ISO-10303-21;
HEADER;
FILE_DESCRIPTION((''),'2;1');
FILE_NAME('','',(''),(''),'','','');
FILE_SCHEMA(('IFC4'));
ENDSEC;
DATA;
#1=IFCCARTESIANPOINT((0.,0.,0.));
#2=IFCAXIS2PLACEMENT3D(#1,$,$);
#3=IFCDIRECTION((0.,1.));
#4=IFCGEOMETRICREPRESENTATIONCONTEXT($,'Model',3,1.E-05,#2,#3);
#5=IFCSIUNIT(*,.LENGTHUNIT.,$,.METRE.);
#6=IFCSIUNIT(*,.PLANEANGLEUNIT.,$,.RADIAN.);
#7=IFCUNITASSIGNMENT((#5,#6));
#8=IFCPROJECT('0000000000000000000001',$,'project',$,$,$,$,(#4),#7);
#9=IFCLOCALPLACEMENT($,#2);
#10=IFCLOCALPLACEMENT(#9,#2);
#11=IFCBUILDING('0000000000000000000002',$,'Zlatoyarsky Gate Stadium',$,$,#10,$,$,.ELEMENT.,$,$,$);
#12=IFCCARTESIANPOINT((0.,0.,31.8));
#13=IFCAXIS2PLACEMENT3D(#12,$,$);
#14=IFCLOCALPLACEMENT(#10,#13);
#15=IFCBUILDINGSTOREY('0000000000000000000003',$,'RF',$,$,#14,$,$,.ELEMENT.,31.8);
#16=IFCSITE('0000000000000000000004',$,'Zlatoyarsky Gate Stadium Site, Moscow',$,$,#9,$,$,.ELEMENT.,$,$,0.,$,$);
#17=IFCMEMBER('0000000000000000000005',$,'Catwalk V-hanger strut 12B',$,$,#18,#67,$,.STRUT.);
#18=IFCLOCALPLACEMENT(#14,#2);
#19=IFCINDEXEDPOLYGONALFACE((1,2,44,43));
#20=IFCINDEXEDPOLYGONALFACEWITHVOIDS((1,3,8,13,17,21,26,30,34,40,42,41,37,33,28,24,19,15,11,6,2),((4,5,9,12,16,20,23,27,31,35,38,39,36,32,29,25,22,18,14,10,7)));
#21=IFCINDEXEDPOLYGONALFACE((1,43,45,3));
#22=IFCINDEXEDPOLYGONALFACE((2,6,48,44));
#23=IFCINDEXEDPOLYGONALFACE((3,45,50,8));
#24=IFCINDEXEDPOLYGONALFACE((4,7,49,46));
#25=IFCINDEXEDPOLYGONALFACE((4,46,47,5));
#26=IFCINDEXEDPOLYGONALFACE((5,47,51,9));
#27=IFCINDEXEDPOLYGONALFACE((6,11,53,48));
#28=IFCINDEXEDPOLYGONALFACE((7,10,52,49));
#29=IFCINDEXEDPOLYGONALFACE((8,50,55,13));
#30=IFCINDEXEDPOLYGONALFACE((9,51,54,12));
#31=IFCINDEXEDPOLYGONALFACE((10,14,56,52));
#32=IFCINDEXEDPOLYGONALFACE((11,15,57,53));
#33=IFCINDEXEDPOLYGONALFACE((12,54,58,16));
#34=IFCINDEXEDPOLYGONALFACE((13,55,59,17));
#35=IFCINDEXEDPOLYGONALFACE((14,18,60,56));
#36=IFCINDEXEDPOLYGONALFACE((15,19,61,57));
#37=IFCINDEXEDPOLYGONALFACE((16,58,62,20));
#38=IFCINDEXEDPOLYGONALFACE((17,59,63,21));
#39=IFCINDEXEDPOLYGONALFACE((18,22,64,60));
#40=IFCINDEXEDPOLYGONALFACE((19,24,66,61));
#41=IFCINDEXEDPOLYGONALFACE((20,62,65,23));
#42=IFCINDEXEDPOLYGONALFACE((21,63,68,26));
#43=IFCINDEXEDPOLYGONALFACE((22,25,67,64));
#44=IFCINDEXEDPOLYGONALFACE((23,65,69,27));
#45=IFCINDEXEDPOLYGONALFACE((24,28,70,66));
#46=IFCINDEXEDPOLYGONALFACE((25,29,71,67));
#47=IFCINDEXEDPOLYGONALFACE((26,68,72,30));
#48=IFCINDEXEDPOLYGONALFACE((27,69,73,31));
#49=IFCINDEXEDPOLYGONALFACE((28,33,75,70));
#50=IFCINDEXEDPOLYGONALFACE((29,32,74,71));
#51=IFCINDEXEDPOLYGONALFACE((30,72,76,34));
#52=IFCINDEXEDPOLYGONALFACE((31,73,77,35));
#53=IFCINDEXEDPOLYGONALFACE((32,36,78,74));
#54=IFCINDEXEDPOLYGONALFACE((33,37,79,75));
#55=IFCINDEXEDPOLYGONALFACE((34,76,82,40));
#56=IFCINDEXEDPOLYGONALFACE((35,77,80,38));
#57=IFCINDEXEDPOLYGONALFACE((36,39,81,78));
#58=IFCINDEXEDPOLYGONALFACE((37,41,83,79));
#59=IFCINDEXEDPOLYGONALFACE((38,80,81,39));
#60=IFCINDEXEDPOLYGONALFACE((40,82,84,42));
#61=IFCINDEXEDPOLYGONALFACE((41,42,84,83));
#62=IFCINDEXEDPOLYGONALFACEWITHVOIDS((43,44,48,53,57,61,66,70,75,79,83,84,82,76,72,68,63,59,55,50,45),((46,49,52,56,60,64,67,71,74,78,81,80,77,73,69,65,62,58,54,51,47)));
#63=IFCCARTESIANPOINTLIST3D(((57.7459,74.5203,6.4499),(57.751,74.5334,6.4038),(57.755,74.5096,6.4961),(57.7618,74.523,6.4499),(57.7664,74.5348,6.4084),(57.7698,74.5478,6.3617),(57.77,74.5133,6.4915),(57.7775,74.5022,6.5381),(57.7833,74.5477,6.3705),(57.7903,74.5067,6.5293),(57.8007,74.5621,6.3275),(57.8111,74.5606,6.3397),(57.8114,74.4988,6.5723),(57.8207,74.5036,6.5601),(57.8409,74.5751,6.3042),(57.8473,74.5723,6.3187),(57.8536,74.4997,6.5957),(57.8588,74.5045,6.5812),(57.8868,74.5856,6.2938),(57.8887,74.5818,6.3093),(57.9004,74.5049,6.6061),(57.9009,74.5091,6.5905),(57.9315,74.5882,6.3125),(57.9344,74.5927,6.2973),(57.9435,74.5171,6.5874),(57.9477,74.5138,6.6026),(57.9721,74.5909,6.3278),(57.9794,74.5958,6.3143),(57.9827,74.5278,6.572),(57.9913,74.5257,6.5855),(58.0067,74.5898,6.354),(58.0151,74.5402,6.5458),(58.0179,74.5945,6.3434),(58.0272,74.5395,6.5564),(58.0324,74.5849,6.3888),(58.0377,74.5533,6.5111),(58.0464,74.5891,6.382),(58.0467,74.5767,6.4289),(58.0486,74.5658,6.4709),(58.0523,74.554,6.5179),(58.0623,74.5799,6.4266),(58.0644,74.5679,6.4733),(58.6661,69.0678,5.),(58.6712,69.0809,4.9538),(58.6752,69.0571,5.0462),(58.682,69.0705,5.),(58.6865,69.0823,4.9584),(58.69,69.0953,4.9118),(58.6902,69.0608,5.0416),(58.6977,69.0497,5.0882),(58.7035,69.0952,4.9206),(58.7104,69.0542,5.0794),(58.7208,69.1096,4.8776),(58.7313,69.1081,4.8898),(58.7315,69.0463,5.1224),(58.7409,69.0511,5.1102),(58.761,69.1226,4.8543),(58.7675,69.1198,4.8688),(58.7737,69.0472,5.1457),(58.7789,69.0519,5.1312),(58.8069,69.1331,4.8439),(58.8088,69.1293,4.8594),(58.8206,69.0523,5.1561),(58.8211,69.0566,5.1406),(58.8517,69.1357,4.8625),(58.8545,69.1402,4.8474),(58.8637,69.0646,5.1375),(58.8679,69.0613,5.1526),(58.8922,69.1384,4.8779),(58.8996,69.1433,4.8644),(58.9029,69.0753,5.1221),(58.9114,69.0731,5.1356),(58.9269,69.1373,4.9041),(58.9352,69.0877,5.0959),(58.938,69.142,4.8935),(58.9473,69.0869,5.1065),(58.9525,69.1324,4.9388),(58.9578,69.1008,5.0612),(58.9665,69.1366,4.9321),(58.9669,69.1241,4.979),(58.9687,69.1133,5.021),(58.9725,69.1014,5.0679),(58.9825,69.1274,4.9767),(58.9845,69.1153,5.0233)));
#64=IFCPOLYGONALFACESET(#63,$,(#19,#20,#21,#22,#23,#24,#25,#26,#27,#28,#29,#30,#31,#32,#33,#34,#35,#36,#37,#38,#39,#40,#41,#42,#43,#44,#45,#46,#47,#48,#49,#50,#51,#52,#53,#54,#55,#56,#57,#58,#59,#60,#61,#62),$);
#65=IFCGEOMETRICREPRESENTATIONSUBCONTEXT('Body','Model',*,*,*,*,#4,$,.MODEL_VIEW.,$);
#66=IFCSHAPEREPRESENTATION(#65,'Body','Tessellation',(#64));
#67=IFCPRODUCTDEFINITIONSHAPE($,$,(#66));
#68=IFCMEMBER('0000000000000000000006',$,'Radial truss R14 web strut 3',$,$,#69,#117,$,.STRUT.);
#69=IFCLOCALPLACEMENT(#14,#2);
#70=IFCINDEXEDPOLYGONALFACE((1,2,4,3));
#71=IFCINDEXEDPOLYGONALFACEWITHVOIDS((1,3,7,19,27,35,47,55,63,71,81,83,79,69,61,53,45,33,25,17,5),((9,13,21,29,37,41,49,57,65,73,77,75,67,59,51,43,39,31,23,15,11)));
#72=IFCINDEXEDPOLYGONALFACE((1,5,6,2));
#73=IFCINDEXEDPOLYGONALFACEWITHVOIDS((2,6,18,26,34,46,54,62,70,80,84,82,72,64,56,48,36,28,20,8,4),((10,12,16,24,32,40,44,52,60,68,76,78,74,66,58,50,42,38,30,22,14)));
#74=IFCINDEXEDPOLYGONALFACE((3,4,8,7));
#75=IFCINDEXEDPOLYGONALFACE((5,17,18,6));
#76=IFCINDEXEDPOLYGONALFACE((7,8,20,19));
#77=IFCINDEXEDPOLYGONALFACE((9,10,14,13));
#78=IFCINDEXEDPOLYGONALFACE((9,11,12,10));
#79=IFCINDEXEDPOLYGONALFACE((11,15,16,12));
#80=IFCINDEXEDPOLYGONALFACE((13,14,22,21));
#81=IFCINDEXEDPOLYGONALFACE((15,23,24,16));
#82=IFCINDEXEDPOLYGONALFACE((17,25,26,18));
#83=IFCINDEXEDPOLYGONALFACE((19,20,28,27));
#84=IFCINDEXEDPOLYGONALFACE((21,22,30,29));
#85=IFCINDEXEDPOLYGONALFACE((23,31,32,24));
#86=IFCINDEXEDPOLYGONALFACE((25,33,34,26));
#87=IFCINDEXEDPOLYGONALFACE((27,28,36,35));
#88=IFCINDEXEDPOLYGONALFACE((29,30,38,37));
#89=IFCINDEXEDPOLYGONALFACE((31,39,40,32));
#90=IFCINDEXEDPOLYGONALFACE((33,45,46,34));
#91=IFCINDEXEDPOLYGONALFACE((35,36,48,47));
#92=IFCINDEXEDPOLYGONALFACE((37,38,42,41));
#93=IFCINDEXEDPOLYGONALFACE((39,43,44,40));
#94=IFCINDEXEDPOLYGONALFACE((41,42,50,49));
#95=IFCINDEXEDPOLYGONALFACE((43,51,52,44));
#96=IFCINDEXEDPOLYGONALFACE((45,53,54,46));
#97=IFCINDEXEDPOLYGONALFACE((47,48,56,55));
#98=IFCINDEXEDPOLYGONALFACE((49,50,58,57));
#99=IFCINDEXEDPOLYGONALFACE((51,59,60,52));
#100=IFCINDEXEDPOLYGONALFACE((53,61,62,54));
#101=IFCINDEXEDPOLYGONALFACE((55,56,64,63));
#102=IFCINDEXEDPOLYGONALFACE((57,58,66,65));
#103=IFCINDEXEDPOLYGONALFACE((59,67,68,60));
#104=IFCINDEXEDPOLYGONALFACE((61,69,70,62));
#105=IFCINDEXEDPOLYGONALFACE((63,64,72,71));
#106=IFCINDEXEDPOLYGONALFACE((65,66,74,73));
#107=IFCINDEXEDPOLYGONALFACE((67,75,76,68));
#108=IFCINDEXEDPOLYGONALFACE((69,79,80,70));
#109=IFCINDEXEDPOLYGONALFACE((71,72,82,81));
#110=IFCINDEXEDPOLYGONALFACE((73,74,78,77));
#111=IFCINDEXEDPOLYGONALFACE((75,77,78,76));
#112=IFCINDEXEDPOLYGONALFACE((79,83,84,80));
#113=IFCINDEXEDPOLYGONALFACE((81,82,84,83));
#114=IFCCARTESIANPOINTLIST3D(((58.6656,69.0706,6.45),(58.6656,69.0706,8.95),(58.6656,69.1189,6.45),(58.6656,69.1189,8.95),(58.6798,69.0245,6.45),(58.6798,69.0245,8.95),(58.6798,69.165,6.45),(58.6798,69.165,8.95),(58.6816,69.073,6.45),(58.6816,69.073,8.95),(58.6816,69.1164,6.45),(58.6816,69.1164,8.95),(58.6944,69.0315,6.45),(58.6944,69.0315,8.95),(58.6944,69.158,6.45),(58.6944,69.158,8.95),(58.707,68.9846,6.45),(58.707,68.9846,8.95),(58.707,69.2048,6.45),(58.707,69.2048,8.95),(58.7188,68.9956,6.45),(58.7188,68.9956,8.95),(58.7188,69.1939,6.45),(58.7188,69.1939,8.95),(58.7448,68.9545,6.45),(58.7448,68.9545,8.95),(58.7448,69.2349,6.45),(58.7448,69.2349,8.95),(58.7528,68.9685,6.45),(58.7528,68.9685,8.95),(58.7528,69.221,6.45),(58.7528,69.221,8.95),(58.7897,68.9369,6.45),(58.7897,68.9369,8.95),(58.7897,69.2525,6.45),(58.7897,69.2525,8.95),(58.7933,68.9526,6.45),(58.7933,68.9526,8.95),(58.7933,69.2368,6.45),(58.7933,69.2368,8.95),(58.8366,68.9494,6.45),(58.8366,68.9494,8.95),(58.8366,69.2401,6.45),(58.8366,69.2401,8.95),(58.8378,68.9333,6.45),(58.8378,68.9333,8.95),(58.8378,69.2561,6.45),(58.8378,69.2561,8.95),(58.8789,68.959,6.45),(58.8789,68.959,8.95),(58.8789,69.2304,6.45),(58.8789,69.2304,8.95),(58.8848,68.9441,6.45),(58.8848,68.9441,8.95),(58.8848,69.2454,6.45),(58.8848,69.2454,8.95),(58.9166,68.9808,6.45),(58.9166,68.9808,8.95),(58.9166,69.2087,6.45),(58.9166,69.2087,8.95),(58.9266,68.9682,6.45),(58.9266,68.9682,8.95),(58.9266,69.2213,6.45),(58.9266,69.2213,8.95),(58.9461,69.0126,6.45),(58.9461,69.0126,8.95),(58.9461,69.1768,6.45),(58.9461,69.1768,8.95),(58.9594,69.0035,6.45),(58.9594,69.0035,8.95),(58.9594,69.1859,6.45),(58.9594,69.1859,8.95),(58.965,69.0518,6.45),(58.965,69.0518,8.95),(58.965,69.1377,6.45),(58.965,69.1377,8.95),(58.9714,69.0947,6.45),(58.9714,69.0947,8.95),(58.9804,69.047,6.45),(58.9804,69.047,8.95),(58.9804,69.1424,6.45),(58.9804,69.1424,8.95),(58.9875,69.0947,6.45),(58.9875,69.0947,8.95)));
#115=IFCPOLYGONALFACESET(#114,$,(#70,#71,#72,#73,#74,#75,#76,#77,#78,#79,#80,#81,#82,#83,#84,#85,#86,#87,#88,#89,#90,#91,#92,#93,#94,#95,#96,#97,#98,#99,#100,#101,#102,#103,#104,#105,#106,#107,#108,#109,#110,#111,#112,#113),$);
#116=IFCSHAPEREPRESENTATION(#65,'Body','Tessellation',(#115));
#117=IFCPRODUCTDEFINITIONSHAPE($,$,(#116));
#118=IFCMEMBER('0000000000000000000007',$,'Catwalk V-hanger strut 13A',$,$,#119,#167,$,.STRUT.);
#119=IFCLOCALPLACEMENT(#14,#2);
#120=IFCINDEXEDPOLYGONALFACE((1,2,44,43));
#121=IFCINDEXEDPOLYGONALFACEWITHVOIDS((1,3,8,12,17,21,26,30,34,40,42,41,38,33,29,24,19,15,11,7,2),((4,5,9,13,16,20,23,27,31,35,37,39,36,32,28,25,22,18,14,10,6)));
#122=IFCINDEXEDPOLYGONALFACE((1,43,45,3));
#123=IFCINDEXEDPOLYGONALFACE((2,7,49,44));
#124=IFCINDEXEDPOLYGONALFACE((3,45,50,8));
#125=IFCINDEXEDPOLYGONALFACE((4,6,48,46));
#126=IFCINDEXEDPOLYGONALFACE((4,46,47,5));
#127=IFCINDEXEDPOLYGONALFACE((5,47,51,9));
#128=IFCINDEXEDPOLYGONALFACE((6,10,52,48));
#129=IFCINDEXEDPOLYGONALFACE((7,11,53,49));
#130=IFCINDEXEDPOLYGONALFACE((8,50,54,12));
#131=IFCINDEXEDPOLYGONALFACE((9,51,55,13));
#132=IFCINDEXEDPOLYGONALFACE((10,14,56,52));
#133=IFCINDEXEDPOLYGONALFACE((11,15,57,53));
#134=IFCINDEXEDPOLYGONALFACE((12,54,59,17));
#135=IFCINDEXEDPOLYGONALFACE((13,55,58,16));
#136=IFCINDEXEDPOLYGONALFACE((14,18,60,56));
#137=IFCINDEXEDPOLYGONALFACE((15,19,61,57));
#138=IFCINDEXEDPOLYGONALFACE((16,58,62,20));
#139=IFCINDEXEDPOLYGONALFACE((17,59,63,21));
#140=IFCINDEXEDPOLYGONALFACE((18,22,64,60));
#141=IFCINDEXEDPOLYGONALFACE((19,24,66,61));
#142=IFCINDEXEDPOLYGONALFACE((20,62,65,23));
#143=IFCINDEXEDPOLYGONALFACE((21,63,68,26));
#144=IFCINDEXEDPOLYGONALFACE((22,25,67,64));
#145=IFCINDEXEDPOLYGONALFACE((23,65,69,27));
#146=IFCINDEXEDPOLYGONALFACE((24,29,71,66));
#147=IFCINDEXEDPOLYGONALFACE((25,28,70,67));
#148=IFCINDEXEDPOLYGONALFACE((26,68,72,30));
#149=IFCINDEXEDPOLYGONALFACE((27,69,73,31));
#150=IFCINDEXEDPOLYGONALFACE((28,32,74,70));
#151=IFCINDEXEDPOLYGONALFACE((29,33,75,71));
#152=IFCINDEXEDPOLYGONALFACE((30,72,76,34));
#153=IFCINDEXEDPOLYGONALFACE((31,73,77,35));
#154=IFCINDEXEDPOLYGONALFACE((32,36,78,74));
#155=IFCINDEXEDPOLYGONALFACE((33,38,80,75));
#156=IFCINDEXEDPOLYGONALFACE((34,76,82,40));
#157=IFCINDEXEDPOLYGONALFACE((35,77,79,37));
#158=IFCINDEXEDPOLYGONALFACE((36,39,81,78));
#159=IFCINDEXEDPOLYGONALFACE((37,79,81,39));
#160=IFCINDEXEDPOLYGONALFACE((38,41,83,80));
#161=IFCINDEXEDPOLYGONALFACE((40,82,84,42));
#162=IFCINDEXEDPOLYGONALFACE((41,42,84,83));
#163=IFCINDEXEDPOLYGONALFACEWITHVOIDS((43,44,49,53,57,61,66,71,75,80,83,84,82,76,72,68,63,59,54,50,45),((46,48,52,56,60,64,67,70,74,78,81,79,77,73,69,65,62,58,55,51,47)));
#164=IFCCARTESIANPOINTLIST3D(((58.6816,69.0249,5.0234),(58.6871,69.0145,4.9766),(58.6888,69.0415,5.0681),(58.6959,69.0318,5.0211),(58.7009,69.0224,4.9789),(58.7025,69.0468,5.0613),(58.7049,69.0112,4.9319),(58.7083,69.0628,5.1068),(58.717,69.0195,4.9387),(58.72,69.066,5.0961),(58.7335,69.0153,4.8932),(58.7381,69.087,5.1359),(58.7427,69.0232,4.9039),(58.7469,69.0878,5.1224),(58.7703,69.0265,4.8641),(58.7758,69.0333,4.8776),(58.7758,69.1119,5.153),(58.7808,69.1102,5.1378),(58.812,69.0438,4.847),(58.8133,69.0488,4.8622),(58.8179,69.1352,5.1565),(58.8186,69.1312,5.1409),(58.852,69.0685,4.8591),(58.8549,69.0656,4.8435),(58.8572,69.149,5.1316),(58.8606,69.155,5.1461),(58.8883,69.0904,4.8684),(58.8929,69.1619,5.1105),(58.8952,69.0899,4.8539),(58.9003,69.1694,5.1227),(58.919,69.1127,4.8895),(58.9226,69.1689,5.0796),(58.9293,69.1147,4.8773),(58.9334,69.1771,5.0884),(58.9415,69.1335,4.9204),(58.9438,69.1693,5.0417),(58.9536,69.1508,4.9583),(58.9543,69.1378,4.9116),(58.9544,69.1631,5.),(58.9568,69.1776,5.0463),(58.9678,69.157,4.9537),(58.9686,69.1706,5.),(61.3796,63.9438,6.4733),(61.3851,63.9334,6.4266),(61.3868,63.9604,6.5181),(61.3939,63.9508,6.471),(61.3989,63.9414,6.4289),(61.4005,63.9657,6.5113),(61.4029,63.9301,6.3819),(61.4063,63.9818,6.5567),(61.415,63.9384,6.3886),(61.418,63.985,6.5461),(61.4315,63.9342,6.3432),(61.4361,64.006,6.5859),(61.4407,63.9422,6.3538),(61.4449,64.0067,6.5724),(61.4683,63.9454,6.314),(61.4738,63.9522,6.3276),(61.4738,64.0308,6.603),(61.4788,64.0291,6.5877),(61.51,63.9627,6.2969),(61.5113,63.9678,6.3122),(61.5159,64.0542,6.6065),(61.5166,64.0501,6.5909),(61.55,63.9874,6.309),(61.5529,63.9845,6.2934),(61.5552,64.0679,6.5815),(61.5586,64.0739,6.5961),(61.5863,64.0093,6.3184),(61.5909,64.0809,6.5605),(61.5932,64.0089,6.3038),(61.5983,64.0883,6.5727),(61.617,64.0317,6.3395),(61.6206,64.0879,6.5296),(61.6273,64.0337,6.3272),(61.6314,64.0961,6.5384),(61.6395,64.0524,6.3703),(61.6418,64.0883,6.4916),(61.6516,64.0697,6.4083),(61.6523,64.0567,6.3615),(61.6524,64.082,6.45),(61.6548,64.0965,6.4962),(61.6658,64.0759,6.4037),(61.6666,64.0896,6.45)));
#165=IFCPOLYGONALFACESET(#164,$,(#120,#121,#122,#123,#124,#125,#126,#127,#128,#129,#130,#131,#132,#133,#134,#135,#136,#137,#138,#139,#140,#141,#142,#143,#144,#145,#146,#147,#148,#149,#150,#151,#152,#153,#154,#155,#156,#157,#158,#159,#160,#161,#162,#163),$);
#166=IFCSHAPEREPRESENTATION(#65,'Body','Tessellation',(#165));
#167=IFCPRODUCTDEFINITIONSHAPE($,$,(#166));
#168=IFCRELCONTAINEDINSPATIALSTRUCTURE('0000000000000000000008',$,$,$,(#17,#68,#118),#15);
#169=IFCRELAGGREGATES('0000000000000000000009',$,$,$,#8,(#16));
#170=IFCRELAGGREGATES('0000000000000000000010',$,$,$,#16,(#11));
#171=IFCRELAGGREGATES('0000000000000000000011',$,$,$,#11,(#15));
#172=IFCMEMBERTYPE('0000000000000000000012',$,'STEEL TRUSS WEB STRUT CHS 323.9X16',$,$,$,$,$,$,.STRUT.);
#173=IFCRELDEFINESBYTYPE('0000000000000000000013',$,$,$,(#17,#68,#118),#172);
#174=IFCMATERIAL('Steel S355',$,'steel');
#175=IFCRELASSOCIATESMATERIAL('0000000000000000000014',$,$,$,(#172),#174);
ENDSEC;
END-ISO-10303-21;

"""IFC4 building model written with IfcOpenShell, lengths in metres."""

from ifc_helpers import new_model, si_unit, direction, frame, origin, origin_2d, place, context, subcontext, project, spatial, hollow_circle, extrude, material, material_profile, profile_set, type_object, element, save


model = new_model("IFC4")

# Units and contexts
model_context = context("Model", 3, precision=1e-05, world=origin(), true_north=direction((0.0, 1.0)))
body_context = subcontext(model_context, "Body", "Model", "MODEL_VIEW")
ifc_project = project(units=[si_unit("LENGTHUNIT", "METRE"), si_unit("PLANEANGLEUNIT", "RADIAN")], contexts=[model_context])

# Site, building, storey
site_placement = place(None, origin())
site = spatial("IfcSite", under=ifc_project, at=site_placement, Name="Zlatoyarsky Gate Stadium Site, Moscow", CompositionType="ELEMENT", RefElevation=0.0)
building_placement = place(site_placement, origin())
building = spatial("IfcBuilding", under=site, at=building_placement, Name="Zlatoyarsky Gate Stadium", CompositionType="ELEMENT")
storey_placement = place(building_placement, frame((0.0, 0.0, 31.8)))
storey = spatial("IfcBuildingStorey", under=building, at=storey_placement, Name="RF", CompositionType="ELEMENT", Elevation=31.8)

# Shared definitions
ifc_material = material(Name="Steel S355", Category="steel")

# Members
ifc_material_profile_1 = material_profile(ifc_material, hollow_circle(Radius=0.1619, WallThickness=0.0161, at=origin_2d()), Name="CHS 323.9X16")
ifc_profile_set_1 = profile_set([ifc_material_profile_1], Name="Steel S355")
member_type_1 = type_object("IfcMemberType", Name="STEEL TRUSS WEB STRUT CHS 323.9X16", PredefinedType="STRUT", material=ifc_profile_set_1)
member_1_placement = place(storey_placement, frame((58.8257, 69.0947, 5.0), z_axis=(-0.160962, 0.953814, 0.253636), x_axis=(-0.986058, -0.166403, 0.0)))
element("IfcMember", 1, at=member_1_placement, inside=storey, type_object=member_type_1, Name="Catwalk V-hanger strut 12B", PredefinedType="STRUT", context=body_context, shape_type="SweptSolid", body=[
    extrude(hollow_circle(Radius=0.1619, WallThickness=0.0161, at=origin_2d()), origin(), (0.0, 0.0, 1.0), 5.7166),
])
member_2_placement = place(storey_placement, frame((58.8257, 69.0947, 6.45), z_axis=(0.0, 0.0, 1.0), x_axis=(1.0, 0.0, 0.0)))
element("IfcMember", 2, at=member_2_placement, inside=storey, type_object=member_type_1, Name="Radial truss R14 web strut 3", PredefinedType="STRUT", context=body_context, shape_type="SweptSolid", body=[
    extrude(hollow_circle(Radius=0.1619, WallThickness=0.0161, at=origin_2d()), origin(), (0.0, 0.0, 1.0), 2.5),
])
member_3_placement = place(storey_placement, frame((58.8257, 69.0947, 5.0), z_axis=(0.454756, -0.856428, 0.244394), x_axis=(0.88321, 0.468977, 0.0)))
element("IfcMember", 3, at=member_3_placement, inside=storey, type_object=member_type_1, Name="Catwalk V-hanger strut 13A", PredefinedType="STRUT", context=body_context, shape_type="SweptSolid", body=[
    extrude(hollow_circle(Radius=0.1619, WallThickness=0.0161, at=origin_2d()), origin(), (0.0, 0.0, 1.0), 5.9329),
])

save(model, "model.ifc")
